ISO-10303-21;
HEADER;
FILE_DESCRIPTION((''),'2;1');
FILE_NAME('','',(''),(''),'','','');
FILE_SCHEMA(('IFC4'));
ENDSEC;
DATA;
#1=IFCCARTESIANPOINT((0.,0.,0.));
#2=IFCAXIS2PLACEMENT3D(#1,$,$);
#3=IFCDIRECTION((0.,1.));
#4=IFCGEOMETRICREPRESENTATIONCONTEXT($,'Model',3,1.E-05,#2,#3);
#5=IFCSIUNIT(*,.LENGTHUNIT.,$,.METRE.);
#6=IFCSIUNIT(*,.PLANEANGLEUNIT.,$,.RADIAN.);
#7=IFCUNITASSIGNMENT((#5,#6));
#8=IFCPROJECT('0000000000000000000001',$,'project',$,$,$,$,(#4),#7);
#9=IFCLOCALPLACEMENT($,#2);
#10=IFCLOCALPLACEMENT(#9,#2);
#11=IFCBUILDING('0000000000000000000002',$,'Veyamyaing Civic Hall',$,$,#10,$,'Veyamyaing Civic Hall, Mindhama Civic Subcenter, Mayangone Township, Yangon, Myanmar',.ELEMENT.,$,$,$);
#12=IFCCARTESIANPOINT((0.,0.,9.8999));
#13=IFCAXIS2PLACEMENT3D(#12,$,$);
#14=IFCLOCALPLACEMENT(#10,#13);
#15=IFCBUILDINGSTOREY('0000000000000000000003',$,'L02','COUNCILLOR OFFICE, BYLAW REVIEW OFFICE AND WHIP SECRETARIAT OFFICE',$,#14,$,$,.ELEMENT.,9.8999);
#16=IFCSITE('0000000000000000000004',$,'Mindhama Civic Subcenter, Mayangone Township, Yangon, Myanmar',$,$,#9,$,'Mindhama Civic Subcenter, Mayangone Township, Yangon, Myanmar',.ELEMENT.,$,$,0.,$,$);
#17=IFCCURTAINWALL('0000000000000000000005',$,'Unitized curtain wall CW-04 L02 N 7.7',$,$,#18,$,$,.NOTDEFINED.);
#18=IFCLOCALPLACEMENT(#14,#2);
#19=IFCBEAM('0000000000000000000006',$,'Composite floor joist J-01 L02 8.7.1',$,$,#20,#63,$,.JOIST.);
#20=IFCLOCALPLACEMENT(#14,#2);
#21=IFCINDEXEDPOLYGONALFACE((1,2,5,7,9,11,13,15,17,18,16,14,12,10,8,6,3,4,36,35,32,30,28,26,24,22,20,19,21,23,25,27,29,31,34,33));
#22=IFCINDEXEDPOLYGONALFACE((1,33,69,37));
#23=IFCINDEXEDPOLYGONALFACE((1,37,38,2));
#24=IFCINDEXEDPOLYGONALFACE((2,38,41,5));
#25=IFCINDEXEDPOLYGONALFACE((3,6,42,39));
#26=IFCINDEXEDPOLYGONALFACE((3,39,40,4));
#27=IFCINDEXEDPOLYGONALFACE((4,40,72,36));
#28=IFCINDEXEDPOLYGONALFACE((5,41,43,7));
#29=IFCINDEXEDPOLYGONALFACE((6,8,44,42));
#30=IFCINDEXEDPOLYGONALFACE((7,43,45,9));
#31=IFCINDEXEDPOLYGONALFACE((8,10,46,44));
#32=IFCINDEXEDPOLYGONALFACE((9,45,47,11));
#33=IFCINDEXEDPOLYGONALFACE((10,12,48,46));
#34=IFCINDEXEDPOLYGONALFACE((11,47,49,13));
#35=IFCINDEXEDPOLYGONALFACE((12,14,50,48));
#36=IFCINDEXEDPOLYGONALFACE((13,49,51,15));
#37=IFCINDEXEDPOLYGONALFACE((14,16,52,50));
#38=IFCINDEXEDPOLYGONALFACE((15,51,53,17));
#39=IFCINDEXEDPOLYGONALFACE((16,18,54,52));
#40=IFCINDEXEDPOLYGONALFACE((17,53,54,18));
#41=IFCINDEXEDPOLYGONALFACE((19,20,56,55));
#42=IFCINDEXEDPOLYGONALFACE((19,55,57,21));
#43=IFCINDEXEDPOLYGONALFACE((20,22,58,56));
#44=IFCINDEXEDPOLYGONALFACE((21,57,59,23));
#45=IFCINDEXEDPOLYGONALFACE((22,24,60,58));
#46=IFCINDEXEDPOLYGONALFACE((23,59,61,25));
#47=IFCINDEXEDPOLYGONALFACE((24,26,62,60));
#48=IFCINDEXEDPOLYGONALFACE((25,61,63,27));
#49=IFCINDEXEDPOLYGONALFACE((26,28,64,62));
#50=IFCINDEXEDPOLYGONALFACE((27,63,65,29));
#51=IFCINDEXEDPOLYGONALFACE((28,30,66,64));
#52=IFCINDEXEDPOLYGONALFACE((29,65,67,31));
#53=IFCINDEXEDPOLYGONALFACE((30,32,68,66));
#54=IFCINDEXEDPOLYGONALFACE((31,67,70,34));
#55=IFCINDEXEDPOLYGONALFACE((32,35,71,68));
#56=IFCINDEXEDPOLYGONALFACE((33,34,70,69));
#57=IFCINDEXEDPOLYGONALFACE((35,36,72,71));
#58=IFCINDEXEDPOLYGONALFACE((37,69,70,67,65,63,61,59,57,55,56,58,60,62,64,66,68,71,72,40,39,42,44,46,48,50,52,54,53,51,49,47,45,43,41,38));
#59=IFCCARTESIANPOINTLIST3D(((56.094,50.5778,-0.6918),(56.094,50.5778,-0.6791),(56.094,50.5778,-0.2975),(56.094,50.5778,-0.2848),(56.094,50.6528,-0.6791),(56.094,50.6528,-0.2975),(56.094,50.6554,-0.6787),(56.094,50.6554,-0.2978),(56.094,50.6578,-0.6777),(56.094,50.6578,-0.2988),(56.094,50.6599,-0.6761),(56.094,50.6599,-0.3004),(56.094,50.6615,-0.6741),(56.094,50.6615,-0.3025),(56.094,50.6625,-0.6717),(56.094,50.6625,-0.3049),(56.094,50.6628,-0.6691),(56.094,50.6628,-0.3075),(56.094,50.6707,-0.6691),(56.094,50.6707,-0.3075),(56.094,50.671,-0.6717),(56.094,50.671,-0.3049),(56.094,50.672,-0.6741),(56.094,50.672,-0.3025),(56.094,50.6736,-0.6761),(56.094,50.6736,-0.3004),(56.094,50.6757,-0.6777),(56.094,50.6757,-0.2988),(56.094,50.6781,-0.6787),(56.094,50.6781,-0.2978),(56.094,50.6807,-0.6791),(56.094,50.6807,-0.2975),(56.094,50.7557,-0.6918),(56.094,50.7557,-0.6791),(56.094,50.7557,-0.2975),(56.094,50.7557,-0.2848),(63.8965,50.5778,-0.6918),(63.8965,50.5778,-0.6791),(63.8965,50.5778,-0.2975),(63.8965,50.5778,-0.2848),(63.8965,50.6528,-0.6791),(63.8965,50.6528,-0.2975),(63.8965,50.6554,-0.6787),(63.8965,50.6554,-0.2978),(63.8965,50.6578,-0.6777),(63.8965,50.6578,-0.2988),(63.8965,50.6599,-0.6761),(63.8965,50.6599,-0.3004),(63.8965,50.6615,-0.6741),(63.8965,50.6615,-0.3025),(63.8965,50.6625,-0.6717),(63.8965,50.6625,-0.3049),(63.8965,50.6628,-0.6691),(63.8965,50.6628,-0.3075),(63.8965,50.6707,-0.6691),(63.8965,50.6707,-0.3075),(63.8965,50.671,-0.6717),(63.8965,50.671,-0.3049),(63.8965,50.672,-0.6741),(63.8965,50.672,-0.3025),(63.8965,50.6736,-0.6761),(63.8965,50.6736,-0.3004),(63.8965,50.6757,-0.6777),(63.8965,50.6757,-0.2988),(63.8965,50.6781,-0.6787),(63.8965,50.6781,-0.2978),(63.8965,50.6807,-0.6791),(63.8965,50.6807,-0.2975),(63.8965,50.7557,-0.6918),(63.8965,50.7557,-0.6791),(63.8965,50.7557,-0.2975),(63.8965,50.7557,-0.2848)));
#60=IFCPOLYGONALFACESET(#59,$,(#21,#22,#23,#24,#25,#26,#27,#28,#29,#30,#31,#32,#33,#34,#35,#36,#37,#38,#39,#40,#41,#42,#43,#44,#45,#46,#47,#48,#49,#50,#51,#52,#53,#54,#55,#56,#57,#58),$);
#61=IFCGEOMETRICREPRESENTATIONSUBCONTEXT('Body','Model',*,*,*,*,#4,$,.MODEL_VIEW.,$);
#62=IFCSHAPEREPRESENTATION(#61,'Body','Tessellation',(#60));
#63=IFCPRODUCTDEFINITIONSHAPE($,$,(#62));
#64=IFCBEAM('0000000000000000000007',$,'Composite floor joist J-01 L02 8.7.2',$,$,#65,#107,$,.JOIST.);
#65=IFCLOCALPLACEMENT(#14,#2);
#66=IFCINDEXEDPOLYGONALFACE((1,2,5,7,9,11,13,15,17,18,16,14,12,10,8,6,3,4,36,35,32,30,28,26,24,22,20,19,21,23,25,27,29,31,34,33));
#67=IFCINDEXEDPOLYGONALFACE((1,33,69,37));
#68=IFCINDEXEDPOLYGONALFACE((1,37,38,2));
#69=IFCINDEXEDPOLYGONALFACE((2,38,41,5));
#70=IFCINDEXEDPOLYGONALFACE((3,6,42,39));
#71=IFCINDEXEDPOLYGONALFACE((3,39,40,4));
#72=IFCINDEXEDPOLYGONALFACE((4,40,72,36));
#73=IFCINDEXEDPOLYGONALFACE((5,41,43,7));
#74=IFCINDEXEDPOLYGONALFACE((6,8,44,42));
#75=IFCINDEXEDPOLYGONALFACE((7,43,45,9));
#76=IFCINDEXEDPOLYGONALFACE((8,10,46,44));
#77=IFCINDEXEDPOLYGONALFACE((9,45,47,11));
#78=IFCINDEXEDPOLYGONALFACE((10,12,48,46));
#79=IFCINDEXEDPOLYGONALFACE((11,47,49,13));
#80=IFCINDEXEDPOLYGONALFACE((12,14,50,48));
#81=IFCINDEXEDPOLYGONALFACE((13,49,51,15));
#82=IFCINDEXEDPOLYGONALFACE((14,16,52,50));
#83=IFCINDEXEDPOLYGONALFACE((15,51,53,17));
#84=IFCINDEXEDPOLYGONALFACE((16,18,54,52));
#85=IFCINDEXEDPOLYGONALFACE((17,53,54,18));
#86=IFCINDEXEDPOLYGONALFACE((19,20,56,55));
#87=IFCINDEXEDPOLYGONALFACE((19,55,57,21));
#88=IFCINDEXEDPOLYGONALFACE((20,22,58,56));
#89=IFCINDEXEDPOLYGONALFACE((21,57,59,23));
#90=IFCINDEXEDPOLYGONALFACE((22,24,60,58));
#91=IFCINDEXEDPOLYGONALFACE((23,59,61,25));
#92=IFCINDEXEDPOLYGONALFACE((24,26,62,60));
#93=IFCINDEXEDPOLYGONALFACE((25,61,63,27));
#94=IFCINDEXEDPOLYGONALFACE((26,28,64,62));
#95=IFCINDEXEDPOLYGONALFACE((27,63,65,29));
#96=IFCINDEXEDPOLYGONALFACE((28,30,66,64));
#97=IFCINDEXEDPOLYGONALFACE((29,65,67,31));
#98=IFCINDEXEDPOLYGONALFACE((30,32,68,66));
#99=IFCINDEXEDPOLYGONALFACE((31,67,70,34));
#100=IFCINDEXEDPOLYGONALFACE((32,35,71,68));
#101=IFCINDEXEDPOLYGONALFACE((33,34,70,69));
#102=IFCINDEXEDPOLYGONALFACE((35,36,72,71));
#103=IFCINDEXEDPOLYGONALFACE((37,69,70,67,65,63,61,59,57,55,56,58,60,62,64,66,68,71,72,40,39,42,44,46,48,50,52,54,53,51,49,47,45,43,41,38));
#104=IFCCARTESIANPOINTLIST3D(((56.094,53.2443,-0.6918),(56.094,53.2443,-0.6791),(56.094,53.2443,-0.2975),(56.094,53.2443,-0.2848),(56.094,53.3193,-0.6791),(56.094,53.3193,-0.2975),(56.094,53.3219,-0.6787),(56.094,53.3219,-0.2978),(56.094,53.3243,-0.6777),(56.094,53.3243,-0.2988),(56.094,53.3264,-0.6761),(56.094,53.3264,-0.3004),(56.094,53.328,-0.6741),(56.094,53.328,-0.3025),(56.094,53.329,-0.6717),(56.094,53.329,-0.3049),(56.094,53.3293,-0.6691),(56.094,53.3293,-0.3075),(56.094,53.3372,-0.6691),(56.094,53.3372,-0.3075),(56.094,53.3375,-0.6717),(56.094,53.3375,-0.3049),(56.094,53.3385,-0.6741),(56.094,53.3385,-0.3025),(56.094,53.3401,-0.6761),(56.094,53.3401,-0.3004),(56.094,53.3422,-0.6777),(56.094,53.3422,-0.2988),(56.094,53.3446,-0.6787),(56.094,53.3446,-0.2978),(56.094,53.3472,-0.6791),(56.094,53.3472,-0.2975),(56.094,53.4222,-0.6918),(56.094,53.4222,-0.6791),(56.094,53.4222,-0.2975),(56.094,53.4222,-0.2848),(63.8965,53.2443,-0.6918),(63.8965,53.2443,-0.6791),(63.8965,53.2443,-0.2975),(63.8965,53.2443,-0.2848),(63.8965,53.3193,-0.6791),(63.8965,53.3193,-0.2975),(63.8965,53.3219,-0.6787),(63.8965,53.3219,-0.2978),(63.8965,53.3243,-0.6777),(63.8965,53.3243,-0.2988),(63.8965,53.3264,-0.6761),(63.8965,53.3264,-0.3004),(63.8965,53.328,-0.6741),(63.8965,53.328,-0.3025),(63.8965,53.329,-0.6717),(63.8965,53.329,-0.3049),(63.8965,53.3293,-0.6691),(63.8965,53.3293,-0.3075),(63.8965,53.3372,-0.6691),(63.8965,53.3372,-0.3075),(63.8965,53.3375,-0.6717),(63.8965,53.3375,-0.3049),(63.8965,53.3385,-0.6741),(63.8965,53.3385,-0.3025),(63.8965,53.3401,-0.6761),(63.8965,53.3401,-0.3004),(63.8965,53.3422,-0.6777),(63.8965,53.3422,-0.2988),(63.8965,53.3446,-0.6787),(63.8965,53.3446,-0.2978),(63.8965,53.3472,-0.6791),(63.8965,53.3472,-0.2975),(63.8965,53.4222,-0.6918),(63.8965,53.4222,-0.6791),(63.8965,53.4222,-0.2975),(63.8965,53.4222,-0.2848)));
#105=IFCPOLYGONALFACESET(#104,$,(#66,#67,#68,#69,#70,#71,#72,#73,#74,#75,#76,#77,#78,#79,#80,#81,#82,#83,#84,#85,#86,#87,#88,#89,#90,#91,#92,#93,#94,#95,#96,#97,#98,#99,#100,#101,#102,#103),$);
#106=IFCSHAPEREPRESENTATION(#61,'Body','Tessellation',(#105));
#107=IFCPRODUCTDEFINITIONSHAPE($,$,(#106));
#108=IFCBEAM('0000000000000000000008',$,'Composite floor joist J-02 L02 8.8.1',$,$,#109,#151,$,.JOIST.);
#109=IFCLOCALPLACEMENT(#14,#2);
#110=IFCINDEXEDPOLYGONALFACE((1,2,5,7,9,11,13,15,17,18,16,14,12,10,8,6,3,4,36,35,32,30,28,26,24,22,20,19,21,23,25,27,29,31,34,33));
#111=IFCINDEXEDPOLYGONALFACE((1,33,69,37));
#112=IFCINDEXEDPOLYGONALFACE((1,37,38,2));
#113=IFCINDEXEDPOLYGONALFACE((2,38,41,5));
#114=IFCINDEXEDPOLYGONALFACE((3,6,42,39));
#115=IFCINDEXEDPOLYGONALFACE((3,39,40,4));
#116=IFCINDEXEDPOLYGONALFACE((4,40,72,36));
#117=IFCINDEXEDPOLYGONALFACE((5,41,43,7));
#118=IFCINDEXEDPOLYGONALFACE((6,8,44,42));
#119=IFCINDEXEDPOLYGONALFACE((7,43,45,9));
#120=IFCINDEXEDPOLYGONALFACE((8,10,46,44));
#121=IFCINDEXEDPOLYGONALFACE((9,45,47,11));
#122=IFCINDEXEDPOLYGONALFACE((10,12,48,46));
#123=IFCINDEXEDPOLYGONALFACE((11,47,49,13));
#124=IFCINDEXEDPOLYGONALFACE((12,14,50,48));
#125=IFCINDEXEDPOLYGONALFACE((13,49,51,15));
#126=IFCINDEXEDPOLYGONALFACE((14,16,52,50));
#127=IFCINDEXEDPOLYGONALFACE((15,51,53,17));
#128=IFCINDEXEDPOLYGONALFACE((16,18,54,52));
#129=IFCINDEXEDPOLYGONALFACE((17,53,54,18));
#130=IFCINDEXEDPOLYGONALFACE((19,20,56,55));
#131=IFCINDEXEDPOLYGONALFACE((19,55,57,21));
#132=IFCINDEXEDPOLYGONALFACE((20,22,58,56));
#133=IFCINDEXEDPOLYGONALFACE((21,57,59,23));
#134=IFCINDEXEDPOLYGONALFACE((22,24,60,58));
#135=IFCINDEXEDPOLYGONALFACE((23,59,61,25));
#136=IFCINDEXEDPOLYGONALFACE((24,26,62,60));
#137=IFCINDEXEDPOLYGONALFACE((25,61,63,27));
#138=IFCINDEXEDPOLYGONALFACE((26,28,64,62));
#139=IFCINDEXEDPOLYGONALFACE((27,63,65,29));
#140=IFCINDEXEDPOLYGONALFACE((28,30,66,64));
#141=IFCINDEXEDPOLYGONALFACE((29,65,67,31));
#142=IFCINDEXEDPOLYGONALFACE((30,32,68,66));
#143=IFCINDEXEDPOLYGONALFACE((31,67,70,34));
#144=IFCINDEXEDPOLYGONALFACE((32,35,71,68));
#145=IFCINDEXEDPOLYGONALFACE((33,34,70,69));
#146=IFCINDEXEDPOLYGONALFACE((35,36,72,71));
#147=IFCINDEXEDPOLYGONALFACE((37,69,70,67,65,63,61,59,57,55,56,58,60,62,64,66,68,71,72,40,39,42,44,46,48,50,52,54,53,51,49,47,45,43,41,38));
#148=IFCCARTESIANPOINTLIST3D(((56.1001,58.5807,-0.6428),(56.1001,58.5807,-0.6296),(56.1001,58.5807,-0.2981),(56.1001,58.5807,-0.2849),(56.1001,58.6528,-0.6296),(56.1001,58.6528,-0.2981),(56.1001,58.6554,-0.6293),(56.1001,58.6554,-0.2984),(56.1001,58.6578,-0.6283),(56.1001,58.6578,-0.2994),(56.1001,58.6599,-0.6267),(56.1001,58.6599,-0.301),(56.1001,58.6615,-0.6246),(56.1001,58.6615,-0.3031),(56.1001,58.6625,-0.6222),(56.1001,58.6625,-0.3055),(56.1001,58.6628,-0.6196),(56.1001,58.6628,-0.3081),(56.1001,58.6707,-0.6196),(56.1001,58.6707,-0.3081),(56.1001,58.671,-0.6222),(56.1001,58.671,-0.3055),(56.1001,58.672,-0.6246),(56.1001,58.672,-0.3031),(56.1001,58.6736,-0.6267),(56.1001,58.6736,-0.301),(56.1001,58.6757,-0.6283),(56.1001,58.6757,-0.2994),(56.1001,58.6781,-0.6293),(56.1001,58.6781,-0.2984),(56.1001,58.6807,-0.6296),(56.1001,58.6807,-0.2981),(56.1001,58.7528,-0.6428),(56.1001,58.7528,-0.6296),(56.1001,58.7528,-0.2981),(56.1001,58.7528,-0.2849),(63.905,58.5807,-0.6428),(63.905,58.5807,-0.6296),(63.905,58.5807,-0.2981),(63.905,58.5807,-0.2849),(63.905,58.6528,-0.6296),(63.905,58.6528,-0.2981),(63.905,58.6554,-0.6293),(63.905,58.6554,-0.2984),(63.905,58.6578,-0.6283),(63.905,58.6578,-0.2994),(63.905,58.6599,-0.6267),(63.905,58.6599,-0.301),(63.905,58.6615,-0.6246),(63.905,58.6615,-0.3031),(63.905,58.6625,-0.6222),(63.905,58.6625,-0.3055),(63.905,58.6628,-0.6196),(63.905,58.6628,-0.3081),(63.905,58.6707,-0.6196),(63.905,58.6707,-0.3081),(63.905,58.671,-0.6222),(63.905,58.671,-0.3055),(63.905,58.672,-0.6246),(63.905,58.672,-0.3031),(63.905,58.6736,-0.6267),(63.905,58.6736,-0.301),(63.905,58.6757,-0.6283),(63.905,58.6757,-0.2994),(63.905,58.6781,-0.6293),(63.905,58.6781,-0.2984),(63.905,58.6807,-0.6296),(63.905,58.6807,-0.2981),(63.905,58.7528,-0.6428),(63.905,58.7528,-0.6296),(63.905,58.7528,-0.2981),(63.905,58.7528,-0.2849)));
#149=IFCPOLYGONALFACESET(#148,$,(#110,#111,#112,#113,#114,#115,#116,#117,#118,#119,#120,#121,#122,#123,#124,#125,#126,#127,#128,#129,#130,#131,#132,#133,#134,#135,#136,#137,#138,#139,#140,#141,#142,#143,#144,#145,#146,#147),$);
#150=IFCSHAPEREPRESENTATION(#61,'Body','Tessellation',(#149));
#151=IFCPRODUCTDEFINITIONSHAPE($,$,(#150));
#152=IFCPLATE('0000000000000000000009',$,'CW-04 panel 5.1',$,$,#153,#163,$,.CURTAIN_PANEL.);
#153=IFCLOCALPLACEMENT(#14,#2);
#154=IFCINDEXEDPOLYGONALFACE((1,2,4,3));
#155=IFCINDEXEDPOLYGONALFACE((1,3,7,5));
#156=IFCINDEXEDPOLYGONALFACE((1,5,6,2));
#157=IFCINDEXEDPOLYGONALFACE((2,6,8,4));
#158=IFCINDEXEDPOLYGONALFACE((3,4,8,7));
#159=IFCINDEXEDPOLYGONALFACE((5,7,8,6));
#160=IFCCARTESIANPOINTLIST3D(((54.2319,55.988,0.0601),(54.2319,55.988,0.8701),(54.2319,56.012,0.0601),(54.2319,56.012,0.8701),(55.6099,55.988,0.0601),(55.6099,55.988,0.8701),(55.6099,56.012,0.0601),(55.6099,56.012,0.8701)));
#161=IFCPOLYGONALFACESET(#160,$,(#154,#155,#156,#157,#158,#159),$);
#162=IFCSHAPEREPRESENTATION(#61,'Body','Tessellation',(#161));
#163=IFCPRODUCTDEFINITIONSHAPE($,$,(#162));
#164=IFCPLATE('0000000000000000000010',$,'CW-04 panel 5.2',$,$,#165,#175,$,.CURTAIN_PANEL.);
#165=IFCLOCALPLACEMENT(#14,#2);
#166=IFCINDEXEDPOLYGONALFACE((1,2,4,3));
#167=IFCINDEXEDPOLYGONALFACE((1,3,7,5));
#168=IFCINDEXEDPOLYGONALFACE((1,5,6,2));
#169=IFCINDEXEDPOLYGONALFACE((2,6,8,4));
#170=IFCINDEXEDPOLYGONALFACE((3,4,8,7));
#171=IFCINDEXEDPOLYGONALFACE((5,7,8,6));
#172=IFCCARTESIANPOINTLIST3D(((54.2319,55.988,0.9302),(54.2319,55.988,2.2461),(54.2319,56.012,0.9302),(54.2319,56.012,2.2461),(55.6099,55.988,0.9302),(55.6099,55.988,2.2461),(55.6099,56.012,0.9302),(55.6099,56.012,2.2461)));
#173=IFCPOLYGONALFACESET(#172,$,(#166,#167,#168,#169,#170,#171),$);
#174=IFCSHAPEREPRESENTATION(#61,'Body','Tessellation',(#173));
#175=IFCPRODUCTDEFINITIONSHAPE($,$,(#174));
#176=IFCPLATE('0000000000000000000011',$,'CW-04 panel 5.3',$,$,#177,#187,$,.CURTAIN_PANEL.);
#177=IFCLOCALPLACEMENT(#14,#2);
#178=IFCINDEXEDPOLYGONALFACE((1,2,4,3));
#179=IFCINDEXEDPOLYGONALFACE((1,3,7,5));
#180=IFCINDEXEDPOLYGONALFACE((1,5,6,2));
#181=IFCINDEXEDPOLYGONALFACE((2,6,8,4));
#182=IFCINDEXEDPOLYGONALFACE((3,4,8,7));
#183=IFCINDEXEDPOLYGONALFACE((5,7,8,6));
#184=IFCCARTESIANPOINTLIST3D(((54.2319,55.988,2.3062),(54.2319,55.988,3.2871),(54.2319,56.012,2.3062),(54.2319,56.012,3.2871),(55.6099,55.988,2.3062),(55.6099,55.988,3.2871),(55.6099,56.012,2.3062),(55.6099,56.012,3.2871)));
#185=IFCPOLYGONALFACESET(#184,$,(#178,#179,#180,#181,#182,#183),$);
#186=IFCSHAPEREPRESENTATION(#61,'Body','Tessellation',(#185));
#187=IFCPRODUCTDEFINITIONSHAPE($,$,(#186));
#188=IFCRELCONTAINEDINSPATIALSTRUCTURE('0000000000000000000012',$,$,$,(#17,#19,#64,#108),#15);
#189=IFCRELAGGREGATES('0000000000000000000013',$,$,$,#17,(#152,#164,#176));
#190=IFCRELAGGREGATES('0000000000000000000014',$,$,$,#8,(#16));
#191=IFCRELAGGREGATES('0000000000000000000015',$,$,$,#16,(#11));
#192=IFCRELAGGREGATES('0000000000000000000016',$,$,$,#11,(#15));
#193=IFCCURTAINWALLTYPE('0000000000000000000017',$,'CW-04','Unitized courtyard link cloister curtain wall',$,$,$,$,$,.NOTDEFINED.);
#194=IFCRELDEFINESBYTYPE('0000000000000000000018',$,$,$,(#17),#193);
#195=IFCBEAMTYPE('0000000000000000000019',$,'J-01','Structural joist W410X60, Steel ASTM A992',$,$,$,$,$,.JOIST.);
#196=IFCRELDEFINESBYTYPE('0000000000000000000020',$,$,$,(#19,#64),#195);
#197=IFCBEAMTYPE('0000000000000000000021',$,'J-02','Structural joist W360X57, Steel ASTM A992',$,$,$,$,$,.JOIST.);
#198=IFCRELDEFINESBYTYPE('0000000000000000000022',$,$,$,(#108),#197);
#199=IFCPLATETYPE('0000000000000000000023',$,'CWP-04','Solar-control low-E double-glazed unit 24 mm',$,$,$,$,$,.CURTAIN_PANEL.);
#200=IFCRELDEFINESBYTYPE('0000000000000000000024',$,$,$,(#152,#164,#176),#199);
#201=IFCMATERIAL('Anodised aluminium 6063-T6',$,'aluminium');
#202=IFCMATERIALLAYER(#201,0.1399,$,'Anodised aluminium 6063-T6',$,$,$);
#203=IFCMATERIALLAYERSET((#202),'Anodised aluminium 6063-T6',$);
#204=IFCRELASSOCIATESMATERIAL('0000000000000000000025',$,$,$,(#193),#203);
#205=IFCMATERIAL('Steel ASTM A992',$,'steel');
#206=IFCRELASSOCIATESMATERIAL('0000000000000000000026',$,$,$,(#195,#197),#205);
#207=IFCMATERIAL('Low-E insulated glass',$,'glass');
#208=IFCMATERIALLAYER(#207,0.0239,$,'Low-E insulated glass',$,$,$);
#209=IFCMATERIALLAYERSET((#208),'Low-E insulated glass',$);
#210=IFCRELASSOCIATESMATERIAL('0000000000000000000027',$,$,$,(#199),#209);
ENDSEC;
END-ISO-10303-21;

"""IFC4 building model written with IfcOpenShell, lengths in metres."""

from ifc_helpers import new_model, si_unit, direction, frame, origin, origin_2d, place, context, subcontext, project, spatial, rectangle, i_section, extrude, material, layer, layer_set, material_profile, profile_set, type_object, element, aggregate, save


model = new_model("IFC4")

# Units and contexts
model_context = context("Model", 3, precision=1e-05, world=origin(), true_north=direction((0.0, 1.0)))
body_context = subcontext(model_context, "Body", "Model", "MODEL_VIEW")
ifc_project = project(units=[si_unit("LENGTHUNIT", "METRE"), si_unit("PLANEANGLEUNIT", "RADIAN")], contexts=[model_context])

# Site, building, storey
site_placement = place(None, origin())
site = spatial("IfcSite", under=ifc_project, at=site_placement, Name="Mindhama Civic Subcenter, Mayangone Township, Yangon, Myanmar", LongName="Mindhama Civic Subcenter, Mayangone Township, Yangon, Myanmar", CompositionType="ELEMENT", RefElevation=0.0)
building_placement = place(site_placement, origin())
building = spatial("IfcBuilding", under=site, at=building_placement, Name="Veyamyaing Civic Hall", LongName="Veyamyaing Civic Hall, Mindhama Civic Subcenter, Mayangone Township, Yangon, Myanmar", CompositionType="ELEMENT")
storey_placement = place(building_placement, frame((0.0, 0.0, 9.8999)))
storey = spatial("IfcBuildingStorey", under=building, at=storey_placement, Name="L02", Description="COUNCILLOR OFFICE, BYLAW REVIEW OFFICE AND WHIP SECRETARIAT OFFICE", CompositionType="ELEMENT", Elevation=9.8999)

# Shared definitions
ifc_material_1 = material(Name="Steel ASTM A992", Category="steel")

# Curtain wall
ifc_material_2 = material(Name="Anodised aluminium 6063-T6", Category="aluminium")
ifc_layer_1 = layer(ifc_material_2, 0.1399, Name="Anodised aluminium 6063-T6")
ifc_layer_set_1 = layer_set([ifc_layer_1], Name="Anodised aluminium 6063-T6")
curtain_wall_type = type_object("IfcCurtainWallType", Name="CW-04", Description="Unitized courtyard link cloister curtain wall", PredefinedType="NOTDEFINED", material=ifc_layer_set_1)
curtain_wall_placement = place(storey_placement, origin())
curtain_wall = element("IfcCurtainWall", 1, at=curtain_wall_placement, inside=storey, type_object=curtain_wall_type, Name="Unitized curtain wall CW-04 L02 N 7.7", PredefinedType="NOTDEFINED")

# Beams
ifc_material_profile_1 = material_profile(ifc_material_1, i_section(OverallWidth=0.178, OverallDepth=0.407, WebThickness=0.0078, FlangeThickness=0.0127, FilletRadius=0.01, at=origin_2d()), Name="W410X60")
ifc_profile_set_1 = profile_set([ifc_material_profile_1], Name="Steel ASTM A992")
beam_type_1 = type_object("IfcBeamType", Name="J-01", Description="Structural joist W410X60, Steel ASTM A992", PredefinedType="JOIST", material=ifc_profile_set_1)
for number, where, z_axis, x_axis, name in (
    (2, (56.094, 50.6667, -0.4883), (1.0, 0.0, 0.0), (0.0, 1.0, 0.0), "Composite floor joist J-01 L02 8.7.1"),
    (3, (56.094, 53.3333, -0.4883), (1.0, 0.0, 0.0), (0.0, 1.0, 0.0), "Composite floor joist J-01 L02 8.7.2"),
):
    element("IfcBeam", number, at=place(storey_placement, frame(where, z_axis=z_axis, x_axis=x_axis)), inside=storey, type_object=beam_type_1, Name=name, PredefinedType="JOIST", context=body_context, shape_type="SweptSolid", body=[
        extrude(i_section(OverallWidth=0.178, OverallDepth=0.407, WebThickness=0.0078, FlangeThickness=0.0127, FilletRadius=0.01, at=origin_2d()), origin(), (0.0, 0.0, 1.0), 7.8025),
    ])
ifc_material_profile_2 = material_profile(ifc_material_1, i_section(OverallWidth=0.1721, OverallDepth=0.3579, WebThickness=0.0078, FlangeThickness=0.0132, FilletRadius=0.01, at=origin_2d()), Name="W360X57")
ifc_profile_set_2 = profile_set([ifc_material_profile_2], Name="Steel ASTM A992")
beam_type_2 = type_object("IfcBeamType", Name="J-02", Description="Structural joist W360X57, Steel ASTM A992", PredefinedType="JOIST", material=ifc_profile_set_2)
beam_1_placement = place(storey_placement, frame((56.1001, 58.6667, -0.4639), z_axis=(1.0, 0.0, 0.0), x_axis=(0.0, 1.0, 0.0)))
element("IfcBeam", 4, at=beam_1_placement, inside=storey, type_object=beam_type_2, Name="Composite floor joist J-02 L02 8.8.1", PredefinedType="JOIST", context=body_context, shape_type="SweptSolid", body=[
    extrude(i_section(OverallWidth=0.1721, OverallDepth=0.3579, WebThickness=0.0078, FlangeThickness=0.0132, FilletRadius=0.01, at=origin_2d()), origin(), (0.0, 0.0, 1.0), 7.8049),
])

# Plates
ifc_material_3 = material(Name="Low-E insulated glass", Category="glass")
ifc_layer_2 = layer(ifc_material_3, 0.0239, Name="Low-E insulated glass")
ifc_layer_set_2 = layer_set([ifc_layer_2], Name="Low-E insulated glass")
plate_type = type_object("IfcPlateType", Name="CWP-04", Description="Solar-control low-E double-glazed unit 24 mm", PredefinedType="CURTAIN_PANEL", material=ifc_layer_set_2)
plate_1_placement = place(storey_placement, frame((54.9209, 56.0, 0.0601), z_axis=(0.0, 0.0, 1.0), x_axis=(1.0, 0.0, 0.0)))
plate_1 = element("IfcPlate", 5, at=plate_1_placement, type_object=plate_type, Name="CW-04 panel 5.1", PredefinedType="CURTAIN_PANEL", context=body_context, shape_type="SweptSolid", body=[
    extrude(rectangle(XDim=1.3779, YDim=0.0239, at=origin_2d()), origin(), (0.0, 0.0, 1.0), 0.8101),
])
plate_2_placement = place(storey_placement, frame((54.9209, 56.0, 0.9302), z_axis=(0.0, 0.0, 1.0), x_axis=(1.0, 0.0, 0.0)))
plate_2 = element("IfcPlate", 6, at=plate_2_placement, type_object=plate_type, Name="CW-04 panel 5.2", PredefinedType="CURTAIN_PANEL", context=body_context, shape_type="SweptSolid", body=[
    extrude(rectangle(XDim=1.3779, YDim=0.0239, at=origin_2d()), origin(), (0.0, 0.0, 1.0), 1.3159),
])
plate_3_placement = place(storey_placement, frame((54.9209, 56.0, 2.3062), z_axis=(0.0, 0.0, 1.0), x_axis=(1.0, 0.0, 0.0)))
plate_3 = element("IfcPlate", 7, at=plate_3_placement, type_object=plate_type, Name="CW-04 panel 5.3", PredefinedType="CURTAIN_PANEL", context=body_context, shape_type="SweptSolid", body=[
    extrude(rectangle(XDim=1.3779, YDim=0.0239, at=origin_2d()), origin(), (0.0, 0.0, 1.0), 0.981),
])
aggregate(curtain_wall, [plate_1, plate_2, plate_3])

save(model, "model.ifc")
